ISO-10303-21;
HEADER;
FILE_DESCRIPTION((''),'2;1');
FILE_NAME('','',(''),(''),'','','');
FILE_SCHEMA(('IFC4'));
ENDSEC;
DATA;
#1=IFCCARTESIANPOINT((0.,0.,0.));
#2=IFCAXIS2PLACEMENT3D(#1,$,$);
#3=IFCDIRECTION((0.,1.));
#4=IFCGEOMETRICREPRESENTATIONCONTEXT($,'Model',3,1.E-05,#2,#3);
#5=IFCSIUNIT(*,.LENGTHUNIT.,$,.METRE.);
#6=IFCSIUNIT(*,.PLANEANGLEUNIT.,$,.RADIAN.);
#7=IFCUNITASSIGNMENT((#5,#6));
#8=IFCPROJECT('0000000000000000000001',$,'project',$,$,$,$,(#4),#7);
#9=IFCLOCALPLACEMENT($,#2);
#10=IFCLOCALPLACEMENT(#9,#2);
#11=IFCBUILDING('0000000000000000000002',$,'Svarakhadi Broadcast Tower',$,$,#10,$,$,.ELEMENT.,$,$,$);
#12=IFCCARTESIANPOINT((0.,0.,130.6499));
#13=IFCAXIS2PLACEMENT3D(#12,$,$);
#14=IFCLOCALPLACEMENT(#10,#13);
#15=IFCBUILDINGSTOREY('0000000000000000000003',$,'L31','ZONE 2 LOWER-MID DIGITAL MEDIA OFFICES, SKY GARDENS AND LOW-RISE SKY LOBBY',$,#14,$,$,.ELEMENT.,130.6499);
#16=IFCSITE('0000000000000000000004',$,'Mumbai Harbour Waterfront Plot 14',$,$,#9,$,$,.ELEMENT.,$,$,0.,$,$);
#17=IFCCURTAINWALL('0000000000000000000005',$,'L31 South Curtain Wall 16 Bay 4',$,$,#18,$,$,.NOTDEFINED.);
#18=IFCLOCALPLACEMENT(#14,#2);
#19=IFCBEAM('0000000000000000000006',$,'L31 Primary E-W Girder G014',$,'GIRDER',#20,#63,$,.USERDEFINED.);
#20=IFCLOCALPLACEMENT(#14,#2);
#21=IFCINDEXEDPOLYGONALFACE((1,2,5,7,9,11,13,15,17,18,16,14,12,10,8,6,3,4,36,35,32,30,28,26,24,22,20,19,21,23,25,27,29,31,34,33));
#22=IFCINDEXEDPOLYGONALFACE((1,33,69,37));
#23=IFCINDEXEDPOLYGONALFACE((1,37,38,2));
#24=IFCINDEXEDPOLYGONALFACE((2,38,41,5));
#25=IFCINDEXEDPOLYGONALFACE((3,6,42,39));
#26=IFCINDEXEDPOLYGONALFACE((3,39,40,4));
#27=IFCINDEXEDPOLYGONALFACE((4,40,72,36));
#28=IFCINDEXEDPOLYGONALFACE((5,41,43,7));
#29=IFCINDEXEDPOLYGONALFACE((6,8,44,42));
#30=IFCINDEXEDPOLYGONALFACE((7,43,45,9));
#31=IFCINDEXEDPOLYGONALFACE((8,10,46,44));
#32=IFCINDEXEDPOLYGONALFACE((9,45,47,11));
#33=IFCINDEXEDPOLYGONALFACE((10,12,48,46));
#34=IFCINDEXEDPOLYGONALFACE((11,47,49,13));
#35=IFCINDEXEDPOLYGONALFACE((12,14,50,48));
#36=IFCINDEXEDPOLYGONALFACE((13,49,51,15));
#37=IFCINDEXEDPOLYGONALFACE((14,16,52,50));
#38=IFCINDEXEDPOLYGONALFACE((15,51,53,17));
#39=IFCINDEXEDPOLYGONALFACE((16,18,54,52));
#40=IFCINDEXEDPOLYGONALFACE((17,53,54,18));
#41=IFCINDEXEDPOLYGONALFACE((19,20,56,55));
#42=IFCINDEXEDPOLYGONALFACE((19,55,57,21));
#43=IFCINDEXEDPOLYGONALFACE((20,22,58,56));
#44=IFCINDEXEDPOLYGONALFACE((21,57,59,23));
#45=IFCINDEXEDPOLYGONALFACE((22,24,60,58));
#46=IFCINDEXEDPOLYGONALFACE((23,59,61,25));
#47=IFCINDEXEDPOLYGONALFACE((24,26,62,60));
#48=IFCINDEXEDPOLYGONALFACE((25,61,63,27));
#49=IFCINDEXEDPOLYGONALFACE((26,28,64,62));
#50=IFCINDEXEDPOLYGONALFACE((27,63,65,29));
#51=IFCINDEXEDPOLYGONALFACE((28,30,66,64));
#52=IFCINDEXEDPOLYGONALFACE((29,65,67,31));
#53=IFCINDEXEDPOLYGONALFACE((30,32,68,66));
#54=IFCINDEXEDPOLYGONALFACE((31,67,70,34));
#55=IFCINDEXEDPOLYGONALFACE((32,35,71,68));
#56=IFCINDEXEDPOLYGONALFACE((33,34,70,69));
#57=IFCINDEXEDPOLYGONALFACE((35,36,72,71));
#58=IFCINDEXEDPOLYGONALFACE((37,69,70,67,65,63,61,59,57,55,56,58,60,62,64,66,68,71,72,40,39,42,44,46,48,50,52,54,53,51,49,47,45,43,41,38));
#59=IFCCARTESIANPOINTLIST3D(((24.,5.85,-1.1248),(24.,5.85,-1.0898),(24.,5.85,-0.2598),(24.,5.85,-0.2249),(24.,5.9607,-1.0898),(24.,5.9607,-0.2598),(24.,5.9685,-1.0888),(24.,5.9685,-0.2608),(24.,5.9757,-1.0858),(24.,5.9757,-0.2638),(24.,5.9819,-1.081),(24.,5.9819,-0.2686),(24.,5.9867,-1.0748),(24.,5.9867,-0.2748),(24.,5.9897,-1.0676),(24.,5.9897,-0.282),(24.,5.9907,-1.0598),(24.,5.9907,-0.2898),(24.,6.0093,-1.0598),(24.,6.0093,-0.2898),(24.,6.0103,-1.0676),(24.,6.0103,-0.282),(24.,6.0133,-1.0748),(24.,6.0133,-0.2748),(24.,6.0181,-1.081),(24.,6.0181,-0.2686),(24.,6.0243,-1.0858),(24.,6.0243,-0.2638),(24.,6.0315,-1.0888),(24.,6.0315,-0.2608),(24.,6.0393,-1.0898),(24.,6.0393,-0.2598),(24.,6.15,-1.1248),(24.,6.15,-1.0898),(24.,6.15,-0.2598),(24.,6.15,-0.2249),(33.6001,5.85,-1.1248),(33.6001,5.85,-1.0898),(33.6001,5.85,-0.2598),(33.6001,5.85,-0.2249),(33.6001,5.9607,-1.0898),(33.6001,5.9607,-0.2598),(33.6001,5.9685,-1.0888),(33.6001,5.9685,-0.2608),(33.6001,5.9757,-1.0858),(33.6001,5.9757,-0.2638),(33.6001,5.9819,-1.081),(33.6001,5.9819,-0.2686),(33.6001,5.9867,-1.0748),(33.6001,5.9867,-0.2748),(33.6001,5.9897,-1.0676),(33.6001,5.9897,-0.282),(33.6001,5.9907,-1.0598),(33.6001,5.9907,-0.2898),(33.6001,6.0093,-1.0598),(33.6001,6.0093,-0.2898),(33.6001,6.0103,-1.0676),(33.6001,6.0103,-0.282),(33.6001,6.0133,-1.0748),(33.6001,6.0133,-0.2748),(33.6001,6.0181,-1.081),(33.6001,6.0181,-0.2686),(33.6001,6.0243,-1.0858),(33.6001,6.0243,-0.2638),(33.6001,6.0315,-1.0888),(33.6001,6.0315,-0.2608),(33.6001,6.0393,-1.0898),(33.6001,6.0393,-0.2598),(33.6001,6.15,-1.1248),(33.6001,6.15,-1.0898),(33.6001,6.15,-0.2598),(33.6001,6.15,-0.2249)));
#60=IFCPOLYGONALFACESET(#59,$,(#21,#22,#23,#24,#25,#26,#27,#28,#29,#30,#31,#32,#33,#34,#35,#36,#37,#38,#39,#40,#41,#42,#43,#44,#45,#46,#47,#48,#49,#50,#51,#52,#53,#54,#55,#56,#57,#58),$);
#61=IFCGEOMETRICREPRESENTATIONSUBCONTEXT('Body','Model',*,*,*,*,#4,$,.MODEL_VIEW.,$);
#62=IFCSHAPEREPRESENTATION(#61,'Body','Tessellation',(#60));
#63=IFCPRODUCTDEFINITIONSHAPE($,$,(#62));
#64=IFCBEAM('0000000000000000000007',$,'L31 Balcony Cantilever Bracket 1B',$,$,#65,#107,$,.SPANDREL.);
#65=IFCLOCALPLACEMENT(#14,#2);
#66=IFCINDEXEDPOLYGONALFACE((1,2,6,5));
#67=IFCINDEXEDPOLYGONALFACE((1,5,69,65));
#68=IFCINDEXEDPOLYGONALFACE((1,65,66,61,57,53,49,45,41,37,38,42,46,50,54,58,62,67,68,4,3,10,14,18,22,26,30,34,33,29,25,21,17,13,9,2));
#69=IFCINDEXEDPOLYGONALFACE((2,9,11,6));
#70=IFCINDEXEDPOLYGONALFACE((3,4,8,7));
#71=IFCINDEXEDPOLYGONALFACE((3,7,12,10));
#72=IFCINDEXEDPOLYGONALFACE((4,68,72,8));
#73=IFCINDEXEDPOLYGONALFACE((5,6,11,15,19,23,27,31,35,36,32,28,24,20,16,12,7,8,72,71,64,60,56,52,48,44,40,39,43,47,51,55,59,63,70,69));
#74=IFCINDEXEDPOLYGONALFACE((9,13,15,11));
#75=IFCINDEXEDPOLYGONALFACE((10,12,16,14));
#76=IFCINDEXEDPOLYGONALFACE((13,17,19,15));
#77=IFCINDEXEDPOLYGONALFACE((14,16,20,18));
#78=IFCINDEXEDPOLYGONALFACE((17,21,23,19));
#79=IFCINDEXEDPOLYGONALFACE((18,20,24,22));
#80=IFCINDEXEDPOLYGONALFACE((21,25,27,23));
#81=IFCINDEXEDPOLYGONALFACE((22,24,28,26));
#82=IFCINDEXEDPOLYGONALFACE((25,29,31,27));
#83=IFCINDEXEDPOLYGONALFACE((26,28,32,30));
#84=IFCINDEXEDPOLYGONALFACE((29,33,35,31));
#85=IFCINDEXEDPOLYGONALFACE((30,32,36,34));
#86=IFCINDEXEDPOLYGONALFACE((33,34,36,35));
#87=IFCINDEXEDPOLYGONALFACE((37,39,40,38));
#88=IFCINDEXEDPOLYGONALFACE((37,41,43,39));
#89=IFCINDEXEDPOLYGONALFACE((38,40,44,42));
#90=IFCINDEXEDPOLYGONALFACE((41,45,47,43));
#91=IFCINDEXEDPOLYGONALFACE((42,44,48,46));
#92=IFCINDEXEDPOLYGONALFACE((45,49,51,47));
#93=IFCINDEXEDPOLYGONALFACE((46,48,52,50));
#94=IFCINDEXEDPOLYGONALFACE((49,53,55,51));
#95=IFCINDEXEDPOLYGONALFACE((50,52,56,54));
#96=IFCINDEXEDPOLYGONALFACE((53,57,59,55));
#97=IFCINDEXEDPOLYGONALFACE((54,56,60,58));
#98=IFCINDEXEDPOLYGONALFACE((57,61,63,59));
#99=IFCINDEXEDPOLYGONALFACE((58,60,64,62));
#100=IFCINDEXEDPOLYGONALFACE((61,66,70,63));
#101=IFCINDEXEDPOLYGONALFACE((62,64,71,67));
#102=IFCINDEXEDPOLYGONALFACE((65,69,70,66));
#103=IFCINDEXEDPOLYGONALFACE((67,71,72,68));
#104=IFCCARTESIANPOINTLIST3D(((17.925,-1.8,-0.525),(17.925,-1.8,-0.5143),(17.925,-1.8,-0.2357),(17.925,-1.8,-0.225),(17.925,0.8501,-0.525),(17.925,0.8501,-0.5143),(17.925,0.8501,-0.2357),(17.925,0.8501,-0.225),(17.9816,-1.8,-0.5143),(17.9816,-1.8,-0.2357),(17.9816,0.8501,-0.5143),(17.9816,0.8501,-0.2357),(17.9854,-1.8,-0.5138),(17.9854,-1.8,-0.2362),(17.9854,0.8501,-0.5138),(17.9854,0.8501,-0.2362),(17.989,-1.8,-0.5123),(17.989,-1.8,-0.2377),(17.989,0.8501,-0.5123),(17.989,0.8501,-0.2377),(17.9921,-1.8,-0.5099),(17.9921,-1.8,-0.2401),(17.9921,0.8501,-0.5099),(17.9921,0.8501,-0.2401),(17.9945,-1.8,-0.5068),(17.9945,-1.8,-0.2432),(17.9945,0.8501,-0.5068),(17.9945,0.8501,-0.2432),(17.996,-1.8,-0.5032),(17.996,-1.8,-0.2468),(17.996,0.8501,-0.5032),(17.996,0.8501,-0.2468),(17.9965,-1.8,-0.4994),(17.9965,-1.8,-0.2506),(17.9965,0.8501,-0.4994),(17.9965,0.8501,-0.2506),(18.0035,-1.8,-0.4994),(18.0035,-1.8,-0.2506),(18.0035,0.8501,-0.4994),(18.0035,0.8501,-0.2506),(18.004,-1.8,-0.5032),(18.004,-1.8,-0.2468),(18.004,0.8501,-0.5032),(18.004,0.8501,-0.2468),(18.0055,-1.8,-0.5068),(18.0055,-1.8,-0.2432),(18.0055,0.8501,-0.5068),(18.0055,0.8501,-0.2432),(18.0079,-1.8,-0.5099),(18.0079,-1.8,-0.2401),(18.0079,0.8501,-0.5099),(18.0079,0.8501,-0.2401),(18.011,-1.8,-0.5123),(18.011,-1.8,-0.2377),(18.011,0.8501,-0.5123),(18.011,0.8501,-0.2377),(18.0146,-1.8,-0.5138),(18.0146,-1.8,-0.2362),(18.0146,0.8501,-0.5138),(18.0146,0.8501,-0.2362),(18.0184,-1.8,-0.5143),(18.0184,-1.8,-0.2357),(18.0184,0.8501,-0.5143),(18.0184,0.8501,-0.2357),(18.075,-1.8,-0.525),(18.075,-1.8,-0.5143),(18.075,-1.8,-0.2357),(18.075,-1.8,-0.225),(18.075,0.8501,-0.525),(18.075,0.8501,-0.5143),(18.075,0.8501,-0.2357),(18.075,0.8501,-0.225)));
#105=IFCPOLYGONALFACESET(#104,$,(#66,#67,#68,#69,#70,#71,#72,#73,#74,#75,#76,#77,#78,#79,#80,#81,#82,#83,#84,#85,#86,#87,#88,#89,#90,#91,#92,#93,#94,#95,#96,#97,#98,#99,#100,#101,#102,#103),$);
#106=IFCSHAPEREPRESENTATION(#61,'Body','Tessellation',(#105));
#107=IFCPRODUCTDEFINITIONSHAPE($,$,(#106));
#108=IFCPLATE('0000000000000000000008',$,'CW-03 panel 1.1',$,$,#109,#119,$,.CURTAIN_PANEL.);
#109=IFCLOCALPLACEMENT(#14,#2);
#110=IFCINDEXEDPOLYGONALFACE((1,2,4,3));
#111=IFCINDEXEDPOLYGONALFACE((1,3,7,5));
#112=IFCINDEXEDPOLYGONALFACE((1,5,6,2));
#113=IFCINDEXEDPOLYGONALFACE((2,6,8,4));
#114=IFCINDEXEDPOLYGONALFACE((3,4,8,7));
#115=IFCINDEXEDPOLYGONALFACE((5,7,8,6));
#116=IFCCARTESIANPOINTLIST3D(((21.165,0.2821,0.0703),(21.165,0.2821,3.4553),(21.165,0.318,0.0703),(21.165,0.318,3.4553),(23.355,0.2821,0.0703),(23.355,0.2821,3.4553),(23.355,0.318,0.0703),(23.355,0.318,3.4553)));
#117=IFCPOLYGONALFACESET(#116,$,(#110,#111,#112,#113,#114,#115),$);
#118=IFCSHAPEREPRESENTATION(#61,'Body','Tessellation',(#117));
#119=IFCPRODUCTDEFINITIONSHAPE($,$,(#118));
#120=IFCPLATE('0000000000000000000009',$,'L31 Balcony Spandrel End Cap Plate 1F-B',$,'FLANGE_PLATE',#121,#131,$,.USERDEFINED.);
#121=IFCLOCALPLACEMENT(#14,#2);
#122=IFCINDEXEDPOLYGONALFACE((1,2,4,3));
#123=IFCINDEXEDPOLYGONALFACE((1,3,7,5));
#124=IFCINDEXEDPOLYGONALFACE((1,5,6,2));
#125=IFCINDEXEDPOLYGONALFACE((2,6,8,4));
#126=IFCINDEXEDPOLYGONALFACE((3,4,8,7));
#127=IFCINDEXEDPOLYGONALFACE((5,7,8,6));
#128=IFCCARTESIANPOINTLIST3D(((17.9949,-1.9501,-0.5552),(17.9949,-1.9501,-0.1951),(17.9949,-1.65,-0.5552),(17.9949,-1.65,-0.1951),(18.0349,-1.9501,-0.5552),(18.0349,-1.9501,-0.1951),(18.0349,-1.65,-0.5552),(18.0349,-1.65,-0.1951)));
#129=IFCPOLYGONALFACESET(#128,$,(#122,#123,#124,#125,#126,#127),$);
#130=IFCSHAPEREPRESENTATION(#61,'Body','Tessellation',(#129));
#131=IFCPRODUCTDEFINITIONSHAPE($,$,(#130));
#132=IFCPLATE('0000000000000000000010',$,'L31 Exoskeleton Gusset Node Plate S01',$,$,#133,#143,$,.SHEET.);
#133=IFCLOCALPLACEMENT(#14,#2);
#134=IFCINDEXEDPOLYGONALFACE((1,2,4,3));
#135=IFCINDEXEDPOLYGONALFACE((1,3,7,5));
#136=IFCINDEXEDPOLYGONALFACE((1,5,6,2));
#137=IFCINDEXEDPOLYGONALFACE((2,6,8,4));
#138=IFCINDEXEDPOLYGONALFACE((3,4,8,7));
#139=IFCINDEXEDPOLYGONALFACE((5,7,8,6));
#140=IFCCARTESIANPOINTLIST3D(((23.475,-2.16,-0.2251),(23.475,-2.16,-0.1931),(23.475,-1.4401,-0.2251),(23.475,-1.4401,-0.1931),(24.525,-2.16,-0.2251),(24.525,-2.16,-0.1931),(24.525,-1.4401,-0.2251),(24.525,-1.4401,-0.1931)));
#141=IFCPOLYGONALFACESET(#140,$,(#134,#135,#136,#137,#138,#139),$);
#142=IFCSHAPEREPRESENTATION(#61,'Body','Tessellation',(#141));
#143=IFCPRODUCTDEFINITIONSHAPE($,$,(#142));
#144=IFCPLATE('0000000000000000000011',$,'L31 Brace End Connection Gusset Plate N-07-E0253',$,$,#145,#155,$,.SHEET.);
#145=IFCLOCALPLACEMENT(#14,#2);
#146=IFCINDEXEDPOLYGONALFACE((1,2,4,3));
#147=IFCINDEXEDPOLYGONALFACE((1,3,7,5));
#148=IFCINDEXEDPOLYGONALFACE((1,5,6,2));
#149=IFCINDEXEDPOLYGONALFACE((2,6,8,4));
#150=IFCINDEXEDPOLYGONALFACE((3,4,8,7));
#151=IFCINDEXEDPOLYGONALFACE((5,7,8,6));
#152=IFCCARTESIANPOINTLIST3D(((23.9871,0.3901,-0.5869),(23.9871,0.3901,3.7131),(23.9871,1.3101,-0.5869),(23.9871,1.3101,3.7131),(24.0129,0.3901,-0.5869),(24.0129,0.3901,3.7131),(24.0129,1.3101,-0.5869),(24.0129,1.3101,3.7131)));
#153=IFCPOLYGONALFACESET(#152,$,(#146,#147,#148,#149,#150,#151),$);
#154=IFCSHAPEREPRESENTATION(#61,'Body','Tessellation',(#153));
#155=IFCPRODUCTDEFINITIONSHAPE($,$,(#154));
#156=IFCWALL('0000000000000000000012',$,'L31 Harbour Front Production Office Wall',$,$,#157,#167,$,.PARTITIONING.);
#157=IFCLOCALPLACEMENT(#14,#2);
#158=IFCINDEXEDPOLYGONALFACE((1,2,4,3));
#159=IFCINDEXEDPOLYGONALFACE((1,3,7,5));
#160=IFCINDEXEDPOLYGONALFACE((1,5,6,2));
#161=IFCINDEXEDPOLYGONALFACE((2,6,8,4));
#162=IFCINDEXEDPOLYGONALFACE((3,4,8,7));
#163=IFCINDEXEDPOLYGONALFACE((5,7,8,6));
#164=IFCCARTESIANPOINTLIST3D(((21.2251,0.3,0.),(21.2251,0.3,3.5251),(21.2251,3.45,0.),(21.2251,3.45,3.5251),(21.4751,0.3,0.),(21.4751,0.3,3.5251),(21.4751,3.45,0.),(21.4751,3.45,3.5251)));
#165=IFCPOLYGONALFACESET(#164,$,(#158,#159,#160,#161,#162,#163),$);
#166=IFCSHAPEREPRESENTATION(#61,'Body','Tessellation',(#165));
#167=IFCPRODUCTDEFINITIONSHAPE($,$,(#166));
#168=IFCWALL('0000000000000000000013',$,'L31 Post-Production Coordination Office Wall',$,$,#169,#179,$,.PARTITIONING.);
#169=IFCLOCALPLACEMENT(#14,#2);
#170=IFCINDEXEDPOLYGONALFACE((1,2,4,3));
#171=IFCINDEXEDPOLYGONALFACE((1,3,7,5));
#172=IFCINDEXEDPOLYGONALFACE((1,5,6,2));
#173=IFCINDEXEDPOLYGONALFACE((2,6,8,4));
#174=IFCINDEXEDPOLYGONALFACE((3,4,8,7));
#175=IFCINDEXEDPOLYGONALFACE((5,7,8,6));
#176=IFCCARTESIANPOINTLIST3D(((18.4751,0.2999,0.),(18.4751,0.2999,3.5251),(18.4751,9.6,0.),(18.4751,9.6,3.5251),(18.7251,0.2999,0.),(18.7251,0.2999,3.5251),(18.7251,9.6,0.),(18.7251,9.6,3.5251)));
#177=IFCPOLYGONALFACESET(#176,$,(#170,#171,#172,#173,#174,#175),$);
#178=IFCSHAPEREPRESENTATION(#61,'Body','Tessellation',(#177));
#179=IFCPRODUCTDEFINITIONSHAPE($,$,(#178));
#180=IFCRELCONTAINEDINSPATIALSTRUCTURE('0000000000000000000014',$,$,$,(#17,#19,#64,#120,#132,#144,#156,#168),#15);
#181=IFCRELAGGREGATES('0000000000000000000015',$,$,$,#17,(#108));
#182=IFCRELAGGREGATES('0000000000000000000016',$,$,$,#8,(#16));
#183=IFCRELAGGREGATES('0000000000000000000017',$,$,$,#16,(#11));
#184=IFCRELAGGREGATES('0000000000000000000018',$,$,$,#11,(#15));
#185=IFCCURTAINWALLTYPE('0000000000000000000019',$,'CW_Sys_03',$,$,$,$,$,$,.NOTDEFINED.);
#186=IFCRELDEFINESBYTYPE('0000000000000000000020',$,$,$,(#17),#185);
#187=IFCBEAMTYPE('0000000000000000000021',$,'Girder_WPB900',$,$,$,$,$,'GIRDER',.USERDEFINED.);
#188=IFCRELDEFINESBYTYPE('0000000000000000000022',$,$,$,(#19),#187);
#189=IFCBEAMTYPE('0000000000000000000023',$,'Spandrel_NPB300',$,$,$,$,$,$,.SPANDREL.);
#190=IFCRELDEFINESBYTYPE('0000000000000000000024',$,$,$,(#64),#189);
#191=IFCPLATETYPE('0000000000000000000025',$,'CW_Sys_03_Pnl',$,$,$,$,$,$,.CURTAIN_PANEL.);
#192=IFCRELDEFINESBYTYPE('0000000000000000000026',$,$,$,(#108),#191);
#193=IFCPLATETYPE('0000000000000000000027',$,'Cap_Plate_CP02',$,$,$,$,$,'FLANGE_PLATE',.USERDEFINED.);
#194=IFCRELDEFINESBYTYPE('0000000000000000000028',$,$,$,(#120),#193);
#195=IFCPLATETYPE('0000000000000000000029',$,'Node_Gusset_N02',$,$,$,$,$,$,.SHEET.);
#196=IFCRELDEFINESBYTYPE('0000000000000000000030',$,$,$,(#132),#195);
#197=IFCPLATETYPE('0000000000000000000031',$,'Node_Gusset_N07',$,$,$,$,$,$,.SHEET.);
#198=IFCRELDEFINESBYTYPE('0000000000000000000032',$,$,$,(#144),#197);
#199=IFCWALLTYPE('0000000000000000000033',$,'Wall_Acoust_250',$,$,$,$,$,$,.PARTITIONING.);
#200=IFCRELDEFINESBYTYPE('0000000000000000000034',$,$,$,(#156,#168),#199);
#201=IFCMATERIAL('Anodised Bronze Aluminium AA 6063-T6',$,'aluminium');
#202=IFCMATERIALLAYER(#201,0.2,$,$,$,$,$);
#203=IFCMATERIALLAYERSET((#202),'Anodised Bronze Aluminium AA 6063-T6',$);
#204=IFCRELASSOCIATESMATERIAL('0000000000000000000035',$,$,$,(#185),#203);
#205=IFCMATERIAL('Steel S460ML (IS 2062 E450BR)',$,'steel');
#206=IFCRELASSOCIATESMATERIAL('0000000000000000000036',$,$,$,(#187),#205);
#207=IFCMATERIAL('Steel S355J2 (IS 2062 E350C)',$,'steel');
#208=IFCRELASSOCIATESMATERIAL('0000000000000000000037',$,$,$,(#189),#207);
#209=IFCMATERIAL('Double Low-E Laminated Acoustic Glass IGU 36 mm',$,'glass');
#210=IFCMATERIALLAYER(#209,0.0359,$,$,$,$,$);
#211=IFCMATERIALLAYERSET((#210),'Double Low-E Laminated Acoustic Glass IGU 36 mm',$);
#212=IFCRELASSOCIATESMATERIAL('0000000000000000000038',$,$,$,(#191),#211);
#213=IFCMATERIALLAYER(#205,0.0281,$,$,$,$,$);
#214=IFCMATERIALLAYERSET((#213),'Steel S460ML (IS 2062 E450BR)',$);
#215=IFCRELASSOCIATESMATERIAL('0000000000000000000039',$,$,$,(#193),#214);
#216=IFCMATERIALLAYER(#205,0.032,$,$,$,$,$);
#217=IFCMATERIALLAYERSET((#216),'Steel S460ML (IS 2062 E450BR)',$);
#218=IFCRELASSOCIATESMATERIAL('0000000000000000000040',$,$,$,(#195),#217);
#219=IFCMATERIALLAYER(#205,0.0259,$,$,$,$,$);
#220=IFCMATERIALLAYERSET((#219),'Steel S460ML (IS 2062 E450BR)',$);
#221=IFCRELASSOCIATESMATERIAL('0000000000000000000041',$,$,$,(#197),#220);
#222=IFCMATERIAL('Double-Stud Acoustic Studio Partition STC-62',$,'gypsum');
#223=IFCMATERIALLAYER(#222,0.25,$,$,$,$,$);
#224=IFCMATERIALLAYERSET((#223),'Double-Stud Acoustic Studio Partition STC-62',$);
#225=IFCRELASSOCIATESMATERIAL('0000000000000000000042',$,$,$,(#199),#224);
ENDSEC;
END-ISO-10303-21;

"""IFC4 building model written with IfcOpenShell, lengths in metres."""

from ifc_helpers import new_model, si_unit, direction, frame, frame_2d, origin, origin_2d, place, context, subcontext, project, spatial, rectangle, i_section, extrude, material, layer, layer_set, material_profile, profile_set, type_object, element, aggregate, save


model = new_model("IFC4")

# Units and contexts
model_context = context("Model", 3, precision=1e-05, world=origin(), true_north=direction((0.0, 1.0)))
body_context = subcontext(model_context, "Body", "Model", "MODEL_VIEW")
ifc_project = project(units=[si_unit("LENGTHUNIT", "METRE"), si_unit("PLANEANGLEUNIT", "RADIAN")], contexts=[model_context])

# Site, building, storey
site_placement = place(None, origin())
site = spatial("IfcSite", under=ifc_project, at=site_placement, Name="Mumbai Harbour Waterfront Plot 14", CompositionType="ELEMENT", RefElevation=0.0)
building_placement = place(site_placement, origin())
building = spatial("IfcBuilding", under=site, at=building_placement, Name="Svarakhadi Broadcast Tower", CompositionType="ELEMENT")
storey_placement = place(building_placement, frame((0.0, 0.0, 130.6499)))
storey = spatial("IfcBuildingStorey", under=building, at=storey_placement, Name="L31", Description="ZONE 2 LOWER-MID DIGITAL MEDIA OFFICES, SKY GARDENS AND LOW-RISE SKY LOBBY", CompositionType="ELEMENT", Elevation=130.6499)

# Shared definitions
ifc_material_1 = material(Name="Steel S355J2 (IS 2062 E350C)", Category="steel")

# Curtain wall
ifc_material_2 = material(Name="Anodised Bronze Aluminium AA 6063-T6", Category="aluminium")
ifc_layer_1 = layer(ifc_material_2, 0.2)
ifc_layer_set_1 = layer_set([ifc_layer_1], Name="Anodised Bronze Aluminium AA 6063-T6")
curtain_wall_type = type_object("IfcCurtainWallType", Name="CW_Sys_03", PredefinedType="NOTDEFINED", material=ifc_layer_set_1)
curtain_wall_placement = place(storey_placement, origin())
curtain_wall = element("IfcCurtainWall", 1, at=curtain_wall_placement, inside=storey, type_object=curtain_wall_type, Name="L31 South Curtain Wall 16 Bay 4", PredefinedType="NOTDEFINED")

# Shared definitions
ifc_material_3 = material(Name="Steel S460ML (IS 2062 E450BR)", Category="steel")

# Beams
ifc_material_profile_1 = material_profile(ifc_material_3, i_section(OverallWidth=0.3, OverallDepth=0.8999, WebThickness=0.0186, FlangeThickness=0.0349, FilletRadius=0.03, at=origin_2d()), Name="WPB 900x300x291")
ifc_profile_set_1 = profile_set([ifc_material_profile_1], Name="Steel S460ML (IS 2062 E450BR)")
beam_type_1 = type_object("IfcBeamType", Name="Girder_WPB900", ElementType="GIRDER", PredefinedType="USERDEFINED", material=ifc_profile_set_1)
beam_1_placement = place(storey_placement, frame((24.0, 6.0, -0.6748), z_axis=(1.0, 0.0, 0.0), x_axis=(0.0, 1.0, 0.0)))
element("IfcBeam", 2, at=beam_1_placement, inside=storey, type_object=beam_type_1, Name="L31 Primary E-W Girder G014", ObjectType="GIRDER", PredefinedType="USERDEFINED", context=body_context, shape_type="SweptSolid", body=[
    extrude(i_section(OverallWidth=0.3, OverallDepth=0.8999, WebThickness=0.0186, FlangeThickness=0.0349, FilletRadius=0.03, at=origin_2d()), origin(), (0.0, 0.0, 1.0), 9.6001),
])
ifc_material_profile_2 = material_profile(ifc_material_1, i_section(OverallWidth=0.1499, OverallDepth=0.3, WebThickness=0.0071, FlangeThickness=0.0107, FilletRadius=0.0149, at=origin_2d()), Name="NPB 300x150x37")
ifc_profile_set_2 = profile_set([ifc_material_profile_2], Name="Steel S355J2 (IS 2062 E350C)")
beam_type_2 = type_object("IfcBeamType", Name="Spandrel_NPB300", PredefinedType="SPANDREL", material=ifc_profile_set_2)
beam_2_placement = place(storey_placement, frame((18.0, 0.8501, -0.375), z_axis=(0.0, -1.0, 0.0), x_axis=(1.0, 0.0, 0.0)))
element("IfcBeam", 3, at=beam_2_placement, inside=storey, type_object=beam_type_2, Name="L31 Balcony Cantilever Bracket 1B", PredefinedType="SPANDREL", context=body_context, shape_type="SweptSolid", body=[
    extrude(i_section(OverallWidth=0.1499, OverallDepth=0.3, WebThickness=0.0071, FlangeThickness=0.0107, FilletRadius=0.0149, at=origin_2d()), origin(), (0.0, 0.0, 1.0), 2.6501),
])

# Plate
ifc_material_4 = material(Name="Double Low-E Laminated Acoustic Glass IGU 36 mm", Category="glass")
ifc_layer_2 = layer(ifc_material_4, 0.0359)
ifc_layer_set_2 = layer_set([ifc_layer_2], Name="Double Low-E Laminated Acoustic Glass IGU 36 mm")
plate_type_1 = type_object("IfcPlateType", Name="CW_Sys_03_Pnl", PredefinedType="CURTAIN_PANEL", material=ifc_layer_set_2)
plate_1_placement = place(storey_placement, frame((22.26, 0.3, 0.0703), z_axis=(0.0, 0.0, 1.0), x_axis=(-1.0, 0.0, 0.0)))
plate_1 = element("IfcPlate", 4, at=plate_1_placement, type_object=plate_type_1, Name="CW-03 panel 1.1", PredefinedType="CURTAIN_PANEL", context=body_context, shape_type="SweptSolid", body=[
    extrude(rectangle(XDim=2.1899, YDim=0.0359, at=origin_2d()), origin(), (0.0, 0.0, 1.0), 3.385),
])
aggregate(curtain_wall, [plate_1])

# Plates
ifc_layer_3 = layer(ifc_material_3, 0.0281)
ifc_layer_set_3 = layer_set([ifc_layer_3], Name="Steel S460ML (IS 2062 E450BR)")
plate_type_2 = type_object("IfcPlateType", Name="Cap_Plate_CP02", ElementType="FLANGE_PLATE", PredefinedType="USERDEFINED", material=ifc_layer_set_3)
plate_2_placement = place(storey_placement, frame((18.0149, -1.8, -0.5552), z_axis=(0.0, 0.0, 1.0), x_axis=(1.0, 0.0, 0.0)))
element("IfcPlate", 5, at=plate_2_placement, inside=storey, type_object=plate_type_2, Name="L31 Balcony Spandrel End Cap Plate 1F-B", ObjectType="FLANGE_PLATE", PredefinedType="USERDEFINED", context=body_context, shape_type="SweptSolid", body=[
    extrude(rectangle(XDim=0.04, YDim=0.3, at=origin_2d()), origin(), (0.0, 0.0, 1.0), 0.3601),
])
ifc_layer_4 = layer(ifc_material_3, 0.032)
ifc_layer_set_4 = layer_set([ifc_layer_4], Name="Steel S460ML (IS 2062 E450BR)")
plate_type_3 = type_object("IfcPlateType", Name="Node_Gusset_N02", PredefinedType="SHEET", material=ifc_layer_set_4)
plate_3_placement = place(storey_placement, frame((24.0, -1.8, -0.2251), z_axis=(0.0, 0.0, 1.0), x_axis=(1.0, 0.0, 0.0)))
element("IfcPlate", 6, at=plate_3_placement, inside=storey, type_object=plate_type_3, Name="L31 Exoskeleton Gusset Node Plate S01", PredefinedType="SHEET", context=body_context, shape_type="SweptSolid", body=[
    extrude(rectangle(XDim=1.05, YDim=0.72, at=origin_2d()), origin(), (0.0, 0.0, 1.0), 0.032),
])
ifc_layer_5 = layer(ifc_material_3, 0.0259)
ifc_layer_set_5 = layer_set([ifc_layer_5], Name="Steel S460ML (IS 2062 E450BR)")
plate_type_4 = type_object("IfcPlateType", Name="Node_Gusset_N07", PredefinedType="SHEET", material=ifc_layer_set_5)
plate_4_placement = place(storey_placement, frame((24.0, 0.8501, -0.5869), z_axis=(0.0, 0.0, 1.0), x_axis=(0.0, 1.0, 0.0)))
element("IfcPlate", 7, at=plate_4_placement, inside=storey, type_object=plate_type_4, Name="L31 Brace End Connection Gusset Plate N-07-E0253", PredefinedType="SHEET", context=body_context, shape_type="SweptSolid", body=[
    extrude(rectangle(XDim=0.9199, YDim=0.0259, at=origin_2d()), origin(), (0.0, 0.0, 1.0), 4.3),
])

# Walls
ifc_material_5 = material(Name="Double-Stud Acoustic Studio Partition STC-62", Category="gypsum")
ifc_layer_6 = layer(ifc_material_5, 0.25)
ifc_layer_set_6 = layer_set([ifc_layer_6], Name="Double-Stud Acoustic Studio Partition STC-62")
wall_type_1 = type_object("IfcWallType", Name="Wall_Acoust_250", PredefinedType="PARTITIONING", material=ifc_layer_set_6)
wall_1_placement = place(storey_placement, frame((21.3501, 0.3, 0.0), z_axis=(0.0, 0.0, 1.0), x_axis=(0.0, 1.0, 0.0)))
element("IfcWall", 8, at=wall_1_placement, inside=storey, type_object=wall_type_1, Name="L31 Harbour Front Production Office Wall", PredefinedType="PARTITIONING", context=body_context, shape_type="SweptSolid", body=[
    extrude(rectangle(XDim=3.1499, YDim=0.25, at=frame_2d((1.575, 0.0))), origin(), (0.0, 0.0, 1.0), 3.5251),
])
wall_2_placement = place(storey_placement, frame((18.6001, 0.3, 0.0), z_axis=(0.0, 0.0, 1.0), x_axis=(0.0, 1.0, 0.0)))
element("IfcWall", 9, at=wall_2_placement, inside=storey, type_object=wall_type_1, Name="L31 Post-Production Coordination Office Wall", PredefinedType="PARTITIONING", context=body_context, shape_type="SweptSolid", body=[
    extrude(rectangle(XDim=9.3, YDim=0.25, at=frame_2d((4.6499, 0.0))), origin(), (0.0, 0.0, 1.0), 3.5251),
])

save(model, "model.ifc")
